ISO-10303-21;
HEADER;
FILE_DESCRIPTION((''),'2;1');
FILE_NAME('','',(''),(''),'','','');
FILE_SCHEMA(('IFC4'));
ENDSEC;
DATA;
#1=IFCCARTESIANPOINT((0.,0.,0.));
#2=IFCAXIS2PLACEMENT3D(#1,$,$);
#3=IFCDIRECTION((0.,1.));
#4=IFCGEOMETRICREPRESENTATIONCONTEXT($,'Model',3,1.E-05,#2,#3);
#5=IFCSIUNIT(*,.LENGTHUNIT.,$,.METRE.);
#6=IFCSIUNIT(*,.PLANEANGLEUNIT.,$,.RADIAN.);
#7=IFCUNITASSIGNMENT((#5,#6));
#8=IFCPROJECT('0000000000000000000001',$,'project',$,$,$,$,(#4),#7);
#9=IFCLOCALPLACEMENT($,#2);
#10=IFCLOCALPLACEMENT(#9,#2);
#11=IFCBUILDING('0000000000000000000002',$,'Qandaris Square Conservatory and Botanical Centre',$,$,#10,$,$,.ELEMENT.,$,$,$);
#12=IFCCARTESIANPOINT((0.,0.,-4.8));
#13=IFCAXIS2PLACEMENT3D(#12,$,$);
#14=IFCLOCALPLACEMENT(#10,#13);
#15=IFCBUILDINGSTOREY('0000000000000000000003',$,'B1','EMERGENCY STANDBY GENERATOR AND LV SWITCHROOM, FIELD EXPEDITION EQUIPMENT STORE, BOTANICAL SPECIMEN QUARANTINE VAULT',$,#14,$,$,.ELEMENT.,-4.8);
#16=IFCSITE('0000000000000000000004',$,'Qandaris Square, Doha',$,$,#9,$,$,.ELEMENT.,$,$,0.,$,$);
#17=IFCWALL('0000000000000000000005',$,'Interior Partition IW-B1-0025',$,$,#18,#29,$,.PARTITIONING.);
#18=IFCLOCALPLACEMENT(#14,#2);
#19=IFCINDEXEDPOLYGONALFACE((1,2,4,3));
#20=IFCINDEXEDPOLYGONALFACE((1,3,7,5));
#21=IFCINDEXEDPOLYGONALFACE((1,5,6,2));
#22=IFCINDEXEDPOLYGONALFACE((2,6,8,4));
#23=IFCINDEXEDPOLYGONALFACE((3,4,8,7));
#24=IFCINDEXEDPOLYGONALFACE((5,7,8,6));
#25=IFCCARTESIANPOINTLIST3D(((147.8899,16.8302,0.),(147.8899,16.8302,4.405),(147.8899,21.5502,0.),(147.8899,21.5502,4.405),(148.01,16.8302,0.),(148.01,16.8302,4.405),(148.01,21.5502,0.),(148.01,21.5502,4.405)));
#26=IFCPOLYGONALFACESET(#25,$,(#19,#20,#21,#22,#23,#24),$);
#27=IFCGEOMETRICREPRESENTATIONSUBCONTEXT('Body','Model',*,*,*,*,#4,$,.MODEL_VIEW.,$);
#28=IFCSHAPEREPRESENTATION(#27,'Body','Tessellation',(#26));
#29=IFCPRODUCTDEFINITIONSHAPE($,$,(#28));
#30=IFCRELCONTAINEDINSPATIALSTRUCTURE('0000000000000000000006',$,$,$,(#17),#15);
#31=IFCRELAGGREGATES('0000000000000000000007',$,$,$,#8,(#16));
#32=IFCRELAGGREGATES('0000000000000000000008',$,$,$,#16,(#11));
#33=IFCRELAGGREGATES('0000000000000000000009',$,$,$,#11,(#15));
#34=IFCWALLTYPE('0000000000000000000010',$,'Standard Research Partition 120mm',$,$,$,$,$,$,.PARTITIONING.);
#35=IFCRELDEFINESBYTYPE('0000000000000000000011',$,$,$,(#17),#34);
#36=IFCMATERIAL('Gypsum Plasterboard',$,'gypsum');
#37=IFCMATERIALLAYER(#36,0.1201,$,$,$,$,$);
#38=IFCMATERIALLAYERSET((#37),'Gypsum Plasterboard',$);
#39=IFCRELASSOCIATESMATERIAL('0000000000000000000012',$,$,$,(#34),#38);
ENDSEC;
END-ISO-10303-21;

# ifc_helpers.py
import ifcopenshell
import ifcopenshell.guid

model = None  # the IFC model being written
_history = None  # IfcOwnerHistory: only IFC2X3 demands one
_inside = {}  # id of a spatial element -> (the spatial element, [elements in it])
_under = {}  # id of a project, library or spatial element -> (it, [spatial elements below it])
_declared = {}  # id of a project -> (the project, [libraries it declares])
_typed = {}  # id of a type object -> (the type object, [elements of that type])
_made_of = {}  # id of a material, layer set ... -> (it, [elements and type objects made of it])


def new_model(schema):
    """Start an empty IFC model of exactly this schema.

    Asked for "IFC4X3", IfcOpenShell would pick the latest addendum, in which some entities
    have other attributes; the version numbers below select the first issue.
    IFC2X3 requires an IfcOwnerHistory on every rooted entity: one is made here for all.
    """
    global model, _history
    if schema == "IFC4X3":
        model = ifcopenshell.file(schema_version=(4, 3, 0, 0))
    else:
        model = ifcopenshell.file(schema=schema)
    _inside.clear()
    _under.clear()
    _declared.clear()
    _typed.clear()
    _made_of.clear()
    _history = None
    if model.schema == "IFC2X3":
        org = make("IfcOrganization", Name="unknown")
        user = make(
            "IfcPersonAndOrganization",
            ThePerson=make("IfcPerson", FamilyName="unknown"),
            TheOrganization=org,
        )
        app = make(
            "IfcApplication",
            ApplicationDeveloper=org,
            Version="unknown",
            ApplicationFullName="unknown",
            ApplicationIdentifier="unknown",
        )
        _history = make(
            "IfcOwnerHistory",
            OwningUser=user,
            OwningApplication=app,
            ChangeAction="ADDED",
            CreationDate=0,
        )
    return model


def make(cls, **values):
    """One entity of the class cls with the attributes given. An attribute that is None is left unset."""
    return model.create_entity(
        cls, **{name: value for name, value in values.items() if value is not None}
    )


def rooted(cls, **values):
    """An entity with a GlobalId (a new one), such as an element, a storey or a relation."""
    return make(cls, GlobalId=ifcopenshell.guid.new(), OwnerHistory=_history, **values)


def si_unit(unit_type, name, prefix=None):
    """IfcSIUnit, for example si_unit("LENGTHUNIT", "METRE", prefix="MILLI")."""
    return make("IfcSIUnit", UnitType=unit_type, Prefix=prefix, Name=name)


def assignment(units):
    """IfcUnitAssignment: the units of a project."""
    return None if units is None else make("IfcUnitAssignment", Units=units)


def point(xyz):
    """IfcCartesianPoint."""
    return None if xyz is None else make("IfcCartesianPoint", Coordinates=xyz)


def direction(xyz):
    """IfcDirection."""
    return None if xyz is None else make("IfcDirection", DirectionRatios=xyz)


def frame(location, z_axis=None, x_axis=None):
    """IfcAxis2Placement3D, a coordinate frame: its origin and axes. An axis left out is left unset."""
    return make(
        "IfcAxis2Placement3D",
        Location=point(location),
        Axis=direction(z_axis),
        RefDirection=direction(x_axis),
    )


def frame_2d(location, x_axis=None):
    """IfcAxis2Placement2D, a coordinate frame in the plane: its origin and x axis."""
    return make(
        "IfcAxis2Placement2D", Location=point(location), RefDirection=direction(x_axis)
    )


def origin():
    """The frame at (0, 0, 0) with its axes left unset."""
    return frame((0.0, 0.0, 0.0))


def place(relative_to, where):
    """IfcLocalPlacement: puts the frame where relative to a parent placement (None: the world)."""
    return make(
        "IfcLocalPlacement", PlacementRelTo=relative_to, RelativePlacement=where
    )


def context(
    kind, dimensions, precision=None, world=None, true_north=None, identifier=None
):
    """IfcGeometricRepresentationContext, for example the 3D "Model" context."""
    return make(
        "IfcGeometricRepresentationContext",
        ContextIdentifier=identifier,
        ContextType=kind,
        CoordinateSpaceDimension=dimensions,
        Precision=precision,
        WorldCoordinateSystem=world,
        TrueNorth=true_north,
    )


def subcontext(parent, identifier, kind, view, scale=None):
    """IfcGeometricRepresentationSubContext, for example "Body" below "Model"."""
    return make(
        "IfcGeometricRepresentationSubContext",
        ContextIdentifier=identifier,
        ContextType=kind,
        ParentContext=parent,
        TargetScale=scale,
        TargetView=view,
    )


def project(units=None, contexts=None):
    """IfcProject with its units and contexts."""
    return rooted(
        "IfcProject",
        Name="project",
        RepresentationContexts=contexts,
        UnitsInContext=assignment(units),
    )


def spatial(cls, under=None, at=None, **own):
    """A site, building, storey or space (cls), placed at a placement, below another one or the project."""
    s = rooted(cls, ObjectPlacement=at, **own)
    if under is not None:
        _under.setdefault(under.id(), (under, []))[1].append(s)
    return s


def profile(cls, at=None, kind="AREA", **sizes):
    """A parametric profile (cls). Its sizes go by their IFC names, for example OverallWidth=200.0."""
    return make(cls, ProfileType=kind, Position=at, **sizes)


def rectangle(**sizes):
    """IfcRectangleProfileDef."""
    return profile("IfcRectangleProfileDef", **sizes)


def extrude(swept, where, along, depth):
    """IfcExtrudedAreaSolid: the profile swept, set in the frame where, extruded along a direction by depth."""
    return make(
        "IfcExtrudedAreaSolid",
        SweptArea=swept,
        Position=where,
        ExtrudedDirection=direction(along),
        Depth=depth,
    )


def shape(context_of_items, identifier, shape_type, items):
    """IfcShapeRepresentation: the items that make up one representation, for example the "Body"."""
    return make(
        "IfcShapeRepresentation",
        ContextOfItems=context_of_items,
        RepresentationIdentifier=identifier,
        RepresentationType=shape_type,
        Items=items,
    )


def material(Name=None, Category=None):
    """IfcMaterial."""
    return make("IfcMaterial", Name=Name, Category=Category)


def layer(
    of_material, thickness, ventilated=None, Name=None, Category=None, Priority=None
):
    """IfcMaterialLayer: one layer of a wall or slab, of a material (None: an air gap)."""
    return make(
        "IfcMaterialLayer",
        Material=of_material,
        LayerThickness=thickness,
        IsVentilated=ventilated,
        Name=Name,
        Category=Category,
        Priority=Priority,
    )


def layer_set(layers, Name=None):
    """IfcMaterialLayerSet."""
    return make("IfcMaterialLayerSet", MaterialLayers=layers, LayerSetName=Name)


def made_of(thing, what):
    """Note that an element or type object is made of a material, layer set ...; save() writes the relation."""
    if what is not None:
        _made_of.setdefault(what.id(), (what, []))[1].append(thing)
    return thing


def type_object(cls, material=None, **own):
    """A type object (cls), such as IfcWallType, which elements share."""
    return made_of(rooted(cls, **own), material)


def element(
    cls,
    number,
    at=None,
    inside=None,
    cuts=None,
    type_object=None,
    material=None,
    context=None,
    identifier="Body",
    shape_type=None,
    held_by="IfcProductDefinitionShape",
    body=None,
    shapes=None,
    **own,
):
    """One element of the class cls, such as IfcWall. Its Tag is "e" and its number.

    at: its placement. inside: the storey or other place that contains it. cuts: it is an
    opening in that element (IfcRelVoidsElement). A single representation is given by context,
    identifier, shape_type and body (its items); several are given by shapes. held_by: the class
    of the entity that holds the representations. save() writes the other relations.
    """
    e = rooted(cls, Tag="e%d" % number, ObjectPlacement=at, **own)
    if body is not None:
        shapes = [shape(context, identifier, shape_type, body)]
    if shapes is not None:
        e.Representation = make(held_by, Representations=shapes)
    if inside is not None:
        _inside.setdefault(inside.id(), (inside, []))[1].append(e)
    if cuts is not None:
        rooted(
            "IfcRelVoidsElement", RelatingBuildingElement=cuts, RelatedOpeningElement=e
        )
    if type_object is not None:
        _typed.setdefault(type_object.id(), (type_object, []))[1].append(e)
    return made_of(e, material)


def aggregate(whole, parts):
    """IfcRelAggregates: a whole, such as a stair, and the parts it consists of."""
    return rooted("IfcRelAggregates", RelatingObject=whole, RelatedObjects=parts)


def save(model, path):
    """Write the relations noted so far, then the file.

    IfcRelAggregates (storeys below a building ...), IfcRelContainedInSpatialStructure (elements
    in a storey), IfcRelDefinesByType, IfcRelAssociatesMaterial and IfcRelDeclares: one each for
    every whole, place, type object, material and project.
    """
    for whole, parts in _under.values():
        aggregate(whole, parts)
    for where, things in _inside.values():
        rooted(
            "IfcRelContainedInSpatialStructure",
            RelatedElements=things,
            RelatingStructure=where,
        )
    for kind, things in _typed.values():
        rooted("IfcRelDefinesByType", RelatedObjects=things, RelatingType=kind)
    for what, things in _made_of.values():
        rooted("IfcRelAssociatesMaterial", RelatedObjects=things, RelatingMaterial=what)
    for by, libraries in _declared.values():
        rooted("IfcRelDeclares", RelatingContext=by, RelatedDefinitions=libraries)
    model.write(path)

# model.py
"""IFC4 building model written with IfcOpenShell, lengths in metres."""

from ifc_helpers import new_model, si_unit, direction, frame, frame_2d, origin, place, context, subcontext, project, spatial, rectangle, extrude, material, layer, layer_set, type_object, element, save


model = new_model("IFC4")

# Units and contexts
model_context = context("Model", 3, precision=1e-05, world=origin(), true_north=direction((0.0, 1.0)))
body_context = subcontext(model_context, "Body", "Model", "MODEL_VIEW")
ifc_project = project(units=[si_unit("LENGTHUNIT", "METRE"), si_unit("PLANEANGLEUNIT", "RADIAN")], contexts=[model_context])

# Site, building, storey
site_placement = place(None, origin())
site = spatial("IfcSite", under=ifc_project, at=site_placement, Name="Qandaris Square, Doha", CompositionType="ELEMENT", RefElevation=0.0)
building_placement = place(site_placement, origin())
building = spatial("IfcBuilding", under=site, at=building_placement, Name="Qandaris Square Conservatory and Botanical Centre", CompositionType="ELEMENT")
storey_placement = place(building_placement, frame((0.0, 0.0, -4.8)))
storey = spatial("IfcBuildingStorey", under=building, at=storey_placement, Name="B1", Description="EMERGENCY STANDBY GENERATOR AND LV SWITCHROOM, FIELD EXPEDITION EQUIPMENT STORE, BOTANICAL SPECIMEN QUARANTINE VAULT", CompositionType="ELEMENT", Elevation=-4.8)

# Shared definitions
ifc_material_1 = material(Name="Gypsum Plasterboard", Category="gypsum")

# Wall
ifc_layer_1 = layer(ifc_material_1, 0.1201)
ifc_layer_set_1 = layer_set([ifc_layer_1], Name="Gypsum Plasterboard")
wall_type_1 = type_object("IfcWallType", Name="Standard Research Partition 120mm", PredefinedType="PARTITIONING", material=ifc_layer_set_1)
wall_1_placement = place(storey_placement, frame((147.95, 21.55, 0.0), z_axis=(0.0, 0.0, 1.0), x_axis=(0.0, -1.0, 0.0)))
element("IfcWall", 1, at=wall_1_placement, inside=storey, type_object=wall_type_1, Name="Interior Partition IW-B1-0025", PredefinedType="PARTITIONING", context=body_context, shape_type="SweptSolid", body=[
    extrude(rectangle(XDim=4.72, YDim=0.1201, at=frame_2d((2.3599, 0.0))), origin(), (0.0, 0.0, 1.0), 4.405),
])

save(model, "model.ifc")
